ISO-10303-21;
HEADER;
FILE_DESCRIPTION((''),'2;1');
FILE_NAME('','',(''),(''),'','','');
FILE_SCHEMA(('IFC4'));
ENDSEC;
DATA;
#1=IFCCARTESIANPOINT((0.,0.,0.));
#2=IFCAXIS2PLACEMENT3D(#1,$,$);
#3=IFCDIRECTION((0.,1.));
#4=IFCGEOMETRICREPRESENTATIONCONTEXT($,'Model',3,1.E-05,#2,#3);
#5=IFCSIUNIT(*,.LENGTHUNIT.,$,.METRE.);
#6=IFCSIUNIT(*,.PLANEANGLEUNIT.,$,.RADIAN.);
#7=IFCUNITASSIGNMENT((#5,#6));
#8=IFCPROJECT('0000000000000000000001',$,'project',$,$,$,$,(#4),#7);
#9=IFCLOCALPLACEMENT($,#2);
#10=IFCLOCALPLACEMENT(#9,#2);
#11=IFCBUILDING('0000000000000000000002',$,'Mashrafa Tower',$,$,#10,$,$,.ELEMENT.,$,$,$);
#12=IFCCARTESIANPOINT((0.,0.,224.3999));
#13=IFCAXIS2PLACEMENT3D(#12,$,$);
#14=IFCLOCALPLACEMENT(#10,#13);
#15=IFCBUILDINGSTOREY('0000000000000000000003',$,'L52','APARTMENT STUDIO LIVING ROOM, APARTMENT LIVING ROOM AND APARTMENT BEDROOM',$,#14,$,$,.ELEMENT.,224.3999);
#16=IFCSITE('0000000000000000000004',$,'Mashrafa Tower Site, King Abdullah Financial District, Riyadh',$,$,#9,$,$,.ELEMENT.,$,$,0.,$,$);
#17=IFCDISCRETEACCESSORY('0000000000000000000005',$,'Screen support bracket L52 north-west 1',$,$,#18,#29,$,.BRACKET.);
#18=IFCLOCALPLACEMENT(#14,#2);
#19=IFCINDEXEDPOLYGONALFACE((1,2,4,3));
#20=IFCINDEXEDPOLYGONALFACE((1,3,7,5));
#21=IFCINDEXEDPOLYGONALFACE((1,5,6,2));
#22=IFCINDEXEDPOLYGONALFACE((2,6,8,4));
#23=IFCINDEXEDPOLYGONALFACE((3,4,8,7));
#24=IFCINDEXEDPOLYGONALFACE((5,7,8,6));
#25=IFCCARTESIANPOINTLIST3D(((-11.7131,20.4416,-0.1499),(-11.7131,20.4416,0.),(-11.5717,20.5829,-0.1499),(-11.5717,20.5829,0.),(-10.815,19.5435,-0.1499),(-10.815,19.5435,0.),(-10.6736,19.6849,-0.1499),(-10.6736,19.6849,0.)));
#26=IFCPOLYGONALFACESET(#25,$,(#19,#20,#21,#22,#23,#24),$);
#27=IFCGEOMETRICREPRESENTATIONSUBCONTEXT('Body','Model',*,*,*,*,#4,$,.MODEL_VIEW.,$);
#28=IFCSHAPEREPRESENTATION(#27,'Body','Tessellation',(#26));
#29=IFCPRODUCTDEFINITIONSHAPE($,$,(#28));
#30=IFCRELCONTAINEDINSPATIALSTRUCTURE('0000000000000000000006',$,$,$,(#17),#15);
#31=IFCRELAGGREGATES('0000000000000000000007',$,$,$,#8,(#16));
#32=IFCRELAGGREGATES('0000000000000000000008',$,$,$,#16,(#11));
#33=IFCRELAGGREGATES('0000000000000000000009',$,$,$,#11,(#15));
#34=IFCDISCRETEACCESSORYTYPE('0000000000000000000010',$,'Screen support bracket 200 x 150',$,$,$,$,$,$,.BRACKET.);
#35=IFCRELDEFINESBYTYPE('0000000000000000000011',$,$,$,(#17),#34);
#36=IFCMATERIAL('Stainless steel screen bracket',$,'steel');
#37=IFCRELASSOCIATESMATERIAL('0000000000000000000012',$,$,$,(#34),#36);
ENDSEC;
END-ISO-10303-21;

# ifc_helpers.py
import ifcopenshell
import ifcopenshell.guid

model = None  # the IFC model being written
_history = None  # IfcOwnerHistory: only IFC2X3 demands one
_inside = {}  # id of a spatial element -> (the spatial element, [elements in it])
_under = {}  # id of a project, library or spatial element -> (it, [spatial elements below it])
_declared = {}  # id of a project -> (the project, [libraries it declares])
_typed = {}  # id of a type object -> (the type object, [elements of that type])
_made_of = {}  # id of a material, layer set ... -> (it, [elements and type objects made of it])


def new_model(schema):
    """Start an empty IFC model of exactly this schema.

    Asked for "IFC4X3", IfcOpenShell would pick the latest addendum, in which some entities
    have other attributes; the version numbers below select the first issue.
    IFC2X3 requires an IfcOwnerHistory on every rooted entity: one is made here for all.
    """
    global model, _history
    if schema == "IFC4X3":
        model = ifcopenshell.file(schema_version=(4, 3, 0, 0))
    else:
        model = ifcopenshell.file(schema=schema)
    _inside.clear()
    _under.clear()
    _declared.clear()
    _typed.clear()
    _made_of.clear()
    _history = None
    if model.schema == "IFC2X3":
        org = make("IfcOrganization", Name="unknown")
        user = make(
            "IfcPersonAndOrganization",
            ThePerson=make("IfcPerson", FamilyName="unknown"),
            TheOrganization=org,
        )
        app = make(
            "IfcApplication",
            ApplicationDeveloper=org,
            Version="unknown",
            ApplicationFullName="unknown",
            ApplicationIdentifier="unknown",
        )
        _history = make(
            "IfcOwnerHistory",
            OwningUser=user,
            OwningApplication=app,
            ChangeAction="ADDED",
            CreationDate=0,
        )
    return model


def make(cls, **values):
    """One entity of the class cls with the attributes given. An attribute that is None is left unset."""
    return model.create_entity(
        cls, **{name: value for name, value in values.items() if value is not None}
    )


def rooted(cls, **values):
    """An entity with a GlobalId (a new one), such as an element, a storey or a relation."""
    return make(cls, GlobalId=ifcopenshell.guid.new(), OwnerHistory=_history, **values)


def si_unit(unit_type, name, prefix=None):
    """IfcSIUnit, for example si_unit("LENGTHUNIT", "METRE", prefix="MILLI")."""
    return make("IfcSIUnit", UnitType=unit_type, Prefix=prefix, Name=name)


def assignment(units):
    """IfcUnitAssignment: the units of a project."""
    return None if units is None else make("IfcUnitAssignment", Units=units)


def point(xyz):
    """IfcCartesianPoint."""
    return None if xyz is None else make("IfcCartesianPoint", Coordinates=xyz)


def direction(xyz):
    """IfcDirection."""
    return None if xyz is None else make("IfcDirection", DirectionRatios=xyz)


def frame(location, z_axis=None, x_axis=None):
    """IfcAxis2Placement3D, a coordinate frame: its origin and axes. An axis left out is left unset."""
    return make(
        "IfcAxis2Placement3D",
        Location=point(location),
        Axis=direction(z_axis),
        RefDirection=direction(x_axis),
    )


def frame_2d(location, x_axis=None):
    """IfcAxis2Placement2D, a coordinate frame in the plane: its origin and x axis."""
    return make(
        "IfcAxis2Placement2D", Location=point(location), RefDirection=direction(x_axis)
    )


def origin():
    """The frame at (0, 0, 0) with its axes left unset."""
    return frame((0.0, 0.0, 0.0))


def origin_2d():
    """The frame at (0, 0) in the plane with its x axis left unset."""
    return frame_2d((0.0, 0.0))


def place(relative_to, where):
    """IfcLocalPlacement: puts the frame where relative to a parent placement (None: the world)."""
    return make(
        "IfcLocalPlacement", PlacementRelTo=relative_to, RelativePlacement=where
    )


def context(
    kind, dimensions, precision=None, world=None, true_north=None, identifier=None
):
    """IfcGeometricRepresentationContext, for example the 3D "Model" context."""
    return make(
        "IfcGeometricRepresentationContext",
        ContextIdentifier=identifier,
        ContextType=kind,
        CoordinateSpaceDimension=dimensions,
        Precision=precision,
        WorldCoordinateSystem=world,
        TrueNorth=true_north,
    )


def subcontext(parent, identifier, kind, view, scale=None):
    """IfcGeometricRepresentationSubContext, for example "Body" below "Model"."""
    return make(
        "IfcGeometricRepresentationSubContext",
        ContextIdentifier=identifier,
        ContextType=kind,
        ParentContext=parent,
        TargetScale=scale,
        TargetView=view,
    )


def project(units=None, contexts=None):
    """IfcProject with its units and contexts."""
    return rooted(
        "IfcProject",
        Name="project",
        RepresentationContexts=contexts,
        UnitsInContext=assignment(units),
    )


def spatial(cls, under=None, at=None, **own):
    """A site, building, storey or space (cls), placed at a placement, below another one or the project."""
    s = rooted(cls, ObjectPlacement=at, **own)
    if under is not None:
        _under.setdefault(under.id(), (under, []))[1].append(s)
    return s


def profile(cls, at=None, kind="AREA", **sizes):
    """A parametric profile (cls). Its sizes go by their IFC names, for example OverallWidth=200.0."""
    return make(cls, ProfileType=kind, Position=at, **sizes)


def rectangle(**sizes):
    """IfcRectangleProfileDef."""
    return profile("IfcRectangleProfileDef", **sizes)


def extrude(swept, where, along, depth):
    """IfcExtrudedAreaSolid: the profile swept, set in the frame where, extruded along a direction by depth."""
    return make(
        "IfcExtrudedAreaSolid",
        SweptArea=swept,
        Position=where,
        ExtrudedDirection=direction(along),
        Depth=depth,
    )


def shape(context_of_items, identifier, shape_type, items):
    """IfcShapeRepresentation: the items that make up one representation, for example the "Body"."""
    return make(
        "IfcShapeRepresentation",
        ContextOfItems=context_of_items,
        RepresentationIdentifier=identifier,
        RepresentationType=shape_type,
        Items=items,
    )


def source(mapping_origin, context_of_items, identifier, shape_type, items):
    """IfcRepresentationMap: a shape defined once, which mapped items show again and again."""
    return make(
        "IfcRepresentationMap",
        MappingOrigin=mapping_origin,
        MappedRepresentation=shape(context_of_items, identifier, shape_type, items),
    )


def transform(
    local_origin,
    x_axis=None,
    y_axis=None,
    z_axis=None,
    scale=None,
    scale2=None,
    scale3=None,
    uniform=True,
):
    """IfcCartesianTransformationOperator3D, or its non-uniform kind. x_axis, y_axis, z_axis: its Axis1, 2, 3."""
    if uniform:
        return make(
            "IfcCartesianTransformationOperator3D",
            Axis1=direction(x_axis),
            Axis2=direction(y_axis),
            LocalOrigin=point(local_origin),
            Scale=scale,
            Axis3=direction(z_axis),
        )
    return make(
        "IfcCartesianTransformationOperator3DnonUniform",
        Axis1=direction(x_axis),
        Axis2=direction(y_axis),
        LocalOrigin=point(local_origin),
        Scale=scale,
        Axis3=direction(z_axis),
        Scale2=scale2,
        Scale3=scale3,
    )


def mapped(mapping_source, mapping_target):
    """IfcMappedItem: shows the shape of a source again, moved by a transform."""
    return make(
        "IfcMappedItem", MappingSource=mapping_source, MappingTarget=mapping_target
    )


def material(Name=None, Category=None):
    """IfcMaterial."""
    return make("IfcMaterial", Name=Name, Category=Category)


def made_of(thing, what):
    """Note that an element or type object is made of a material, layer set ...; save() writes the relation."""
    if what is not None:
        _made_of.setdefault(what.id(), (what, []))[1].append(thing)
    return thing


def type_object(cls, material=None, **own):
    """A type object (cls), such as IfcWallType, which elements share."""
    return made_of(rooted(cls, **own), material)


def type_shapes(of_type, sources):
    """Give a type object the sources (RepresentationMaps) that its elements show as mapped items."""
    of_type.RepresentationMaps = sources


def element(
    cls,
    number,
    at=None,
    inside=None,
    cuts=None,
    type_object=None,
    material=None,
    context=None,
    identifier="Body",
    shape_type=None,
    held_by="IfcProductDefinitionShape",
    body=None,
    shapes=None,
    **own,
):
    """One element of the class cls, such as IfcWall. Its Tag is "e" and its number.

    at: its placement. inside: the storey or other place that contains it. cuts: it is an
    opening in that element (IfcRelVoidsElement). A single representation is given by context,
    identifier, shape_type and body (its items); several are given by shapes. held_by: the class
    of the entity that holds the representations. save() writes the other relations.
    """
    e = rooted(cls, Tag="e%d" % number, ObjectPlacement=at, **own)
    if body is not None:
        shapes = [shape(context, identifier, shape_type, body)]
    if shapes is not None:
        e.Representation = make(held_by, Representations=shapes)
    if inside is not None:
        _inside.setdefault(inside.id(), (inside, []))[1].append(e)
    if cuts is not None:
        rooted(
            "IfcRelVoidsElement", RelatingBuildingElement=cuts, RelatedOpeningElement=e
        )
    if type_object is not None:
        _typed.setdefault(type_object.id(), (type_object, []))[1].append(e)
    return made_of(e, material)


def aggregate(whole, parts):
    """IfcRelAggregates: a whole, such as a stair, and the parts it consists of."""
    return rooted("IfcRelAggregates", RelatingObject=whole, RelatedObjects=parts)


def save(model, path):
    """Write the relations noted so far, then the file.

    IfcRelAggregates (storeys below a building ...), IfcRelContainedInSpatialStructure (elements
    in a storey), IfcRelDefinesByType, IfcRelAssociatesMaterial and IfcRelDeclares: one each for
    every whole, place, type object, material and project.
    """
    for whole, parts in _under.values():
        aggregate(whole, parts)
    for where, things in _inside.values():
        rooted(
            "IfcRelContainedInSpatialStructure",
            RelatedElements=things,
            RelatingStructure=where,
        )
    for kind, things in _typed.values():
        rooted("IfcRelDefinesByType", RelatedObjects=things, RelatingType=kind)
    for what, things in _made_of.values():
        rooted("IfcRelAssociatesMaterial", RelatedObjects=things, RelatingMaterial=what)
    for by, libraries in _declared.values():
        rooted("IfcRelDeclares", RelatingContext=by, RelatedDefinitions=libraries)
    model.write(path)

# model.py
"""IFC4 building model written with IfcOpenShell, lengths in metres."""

from ifc_helpers import new_model, si_unit, direction, frame, origin, origin_2d, place, context, subcontext, project, spatial, rectangle, extrude, source, transform, mapped, material, type_object, type_shapes, element, save


model = new_model("IFC4")

# Units and contexts
model_context = context("Model", 3, precision=1e-05, world=origin(), true_north=direction((0.0, 1.0)))
body_context = subcontext(model_context, "Body", "Model", "MODEL_VIEW")
ifc_project = project(units=[si_unit("LENGTHUNIT", "METRE"), si_unit("PLANEANGLEUNIT", "RADIAN")], contexts=[model_context])

# Site, building, storey
site_placement = place(None, origin())
site = spatial("IfcSite", under=ifc_project, at=site_placement, Name="Mashrafa Tower Site, King Abdullah Financial District, Riyadh", CompositionType="ELEMENT", RefElevation=0.0)
building_placement = place(site_placement, origin())
building = spatial("IfcBuilding", under=site, at=building_placement, Name="Mashrafa Tower", CompositionType="ELEMENT")
storey_placement = place(building_placement, frame((0.0, 0.0, 224.3999)))
storey = spatial("IfcBuildingStorey", under=building, at=storey_placement, Name="L52", Description="APARTMENT STUDIO LIVING ROOM, APARTMENT LIVING ROOM AND APARTMENT BEDROOM", CompositionType="ELEMENT", Elevation=224.3999)

# Discrete accessory
ifc_material_1 = material(Name="Stainless steel screen bracket", Category="steel")
discrete_accessory_type = type_object("IfcDiscreteAccessoryType", Name="Screen support bracket 200 x 150", PredefinedType="BRACKET", material=ifc_material_1)
shared_shape_1 = source(origin(), body_context, "Body", "SweptSolid", [
    extrude(rectangle(XDim=0.2, YDim=1.27, at=origin_2d()), origin(), (0.0, 0.0, 1.0), 0.1499),
])
type_shapes(discrete_accessory_type, [shared_shape_1])
for number, where, z_axis, x_axis, name in (
    (1, (-11.1934, 20.0632, -0.1499), (0.0, 0.0, 1.0), (-0.707107, -0.707107, 0.0), "Screen support bracket L52 north-west 1"),
):
    element("IfcDiscreteAccessory", number, at=place(storey_placement, frame(where, z_axis=z_axis, x_axis=x_axis)), inside=storey, type_object=discrete_accessory_type, Name=name, PredefinedType="BRACKET", context=body_context, shape_type="MappedRepresentation", body=[
        mapped(shared_shape_1, transform((0.0, 0.0, 0.0))),
    ])

save(model, "model.ifc")
